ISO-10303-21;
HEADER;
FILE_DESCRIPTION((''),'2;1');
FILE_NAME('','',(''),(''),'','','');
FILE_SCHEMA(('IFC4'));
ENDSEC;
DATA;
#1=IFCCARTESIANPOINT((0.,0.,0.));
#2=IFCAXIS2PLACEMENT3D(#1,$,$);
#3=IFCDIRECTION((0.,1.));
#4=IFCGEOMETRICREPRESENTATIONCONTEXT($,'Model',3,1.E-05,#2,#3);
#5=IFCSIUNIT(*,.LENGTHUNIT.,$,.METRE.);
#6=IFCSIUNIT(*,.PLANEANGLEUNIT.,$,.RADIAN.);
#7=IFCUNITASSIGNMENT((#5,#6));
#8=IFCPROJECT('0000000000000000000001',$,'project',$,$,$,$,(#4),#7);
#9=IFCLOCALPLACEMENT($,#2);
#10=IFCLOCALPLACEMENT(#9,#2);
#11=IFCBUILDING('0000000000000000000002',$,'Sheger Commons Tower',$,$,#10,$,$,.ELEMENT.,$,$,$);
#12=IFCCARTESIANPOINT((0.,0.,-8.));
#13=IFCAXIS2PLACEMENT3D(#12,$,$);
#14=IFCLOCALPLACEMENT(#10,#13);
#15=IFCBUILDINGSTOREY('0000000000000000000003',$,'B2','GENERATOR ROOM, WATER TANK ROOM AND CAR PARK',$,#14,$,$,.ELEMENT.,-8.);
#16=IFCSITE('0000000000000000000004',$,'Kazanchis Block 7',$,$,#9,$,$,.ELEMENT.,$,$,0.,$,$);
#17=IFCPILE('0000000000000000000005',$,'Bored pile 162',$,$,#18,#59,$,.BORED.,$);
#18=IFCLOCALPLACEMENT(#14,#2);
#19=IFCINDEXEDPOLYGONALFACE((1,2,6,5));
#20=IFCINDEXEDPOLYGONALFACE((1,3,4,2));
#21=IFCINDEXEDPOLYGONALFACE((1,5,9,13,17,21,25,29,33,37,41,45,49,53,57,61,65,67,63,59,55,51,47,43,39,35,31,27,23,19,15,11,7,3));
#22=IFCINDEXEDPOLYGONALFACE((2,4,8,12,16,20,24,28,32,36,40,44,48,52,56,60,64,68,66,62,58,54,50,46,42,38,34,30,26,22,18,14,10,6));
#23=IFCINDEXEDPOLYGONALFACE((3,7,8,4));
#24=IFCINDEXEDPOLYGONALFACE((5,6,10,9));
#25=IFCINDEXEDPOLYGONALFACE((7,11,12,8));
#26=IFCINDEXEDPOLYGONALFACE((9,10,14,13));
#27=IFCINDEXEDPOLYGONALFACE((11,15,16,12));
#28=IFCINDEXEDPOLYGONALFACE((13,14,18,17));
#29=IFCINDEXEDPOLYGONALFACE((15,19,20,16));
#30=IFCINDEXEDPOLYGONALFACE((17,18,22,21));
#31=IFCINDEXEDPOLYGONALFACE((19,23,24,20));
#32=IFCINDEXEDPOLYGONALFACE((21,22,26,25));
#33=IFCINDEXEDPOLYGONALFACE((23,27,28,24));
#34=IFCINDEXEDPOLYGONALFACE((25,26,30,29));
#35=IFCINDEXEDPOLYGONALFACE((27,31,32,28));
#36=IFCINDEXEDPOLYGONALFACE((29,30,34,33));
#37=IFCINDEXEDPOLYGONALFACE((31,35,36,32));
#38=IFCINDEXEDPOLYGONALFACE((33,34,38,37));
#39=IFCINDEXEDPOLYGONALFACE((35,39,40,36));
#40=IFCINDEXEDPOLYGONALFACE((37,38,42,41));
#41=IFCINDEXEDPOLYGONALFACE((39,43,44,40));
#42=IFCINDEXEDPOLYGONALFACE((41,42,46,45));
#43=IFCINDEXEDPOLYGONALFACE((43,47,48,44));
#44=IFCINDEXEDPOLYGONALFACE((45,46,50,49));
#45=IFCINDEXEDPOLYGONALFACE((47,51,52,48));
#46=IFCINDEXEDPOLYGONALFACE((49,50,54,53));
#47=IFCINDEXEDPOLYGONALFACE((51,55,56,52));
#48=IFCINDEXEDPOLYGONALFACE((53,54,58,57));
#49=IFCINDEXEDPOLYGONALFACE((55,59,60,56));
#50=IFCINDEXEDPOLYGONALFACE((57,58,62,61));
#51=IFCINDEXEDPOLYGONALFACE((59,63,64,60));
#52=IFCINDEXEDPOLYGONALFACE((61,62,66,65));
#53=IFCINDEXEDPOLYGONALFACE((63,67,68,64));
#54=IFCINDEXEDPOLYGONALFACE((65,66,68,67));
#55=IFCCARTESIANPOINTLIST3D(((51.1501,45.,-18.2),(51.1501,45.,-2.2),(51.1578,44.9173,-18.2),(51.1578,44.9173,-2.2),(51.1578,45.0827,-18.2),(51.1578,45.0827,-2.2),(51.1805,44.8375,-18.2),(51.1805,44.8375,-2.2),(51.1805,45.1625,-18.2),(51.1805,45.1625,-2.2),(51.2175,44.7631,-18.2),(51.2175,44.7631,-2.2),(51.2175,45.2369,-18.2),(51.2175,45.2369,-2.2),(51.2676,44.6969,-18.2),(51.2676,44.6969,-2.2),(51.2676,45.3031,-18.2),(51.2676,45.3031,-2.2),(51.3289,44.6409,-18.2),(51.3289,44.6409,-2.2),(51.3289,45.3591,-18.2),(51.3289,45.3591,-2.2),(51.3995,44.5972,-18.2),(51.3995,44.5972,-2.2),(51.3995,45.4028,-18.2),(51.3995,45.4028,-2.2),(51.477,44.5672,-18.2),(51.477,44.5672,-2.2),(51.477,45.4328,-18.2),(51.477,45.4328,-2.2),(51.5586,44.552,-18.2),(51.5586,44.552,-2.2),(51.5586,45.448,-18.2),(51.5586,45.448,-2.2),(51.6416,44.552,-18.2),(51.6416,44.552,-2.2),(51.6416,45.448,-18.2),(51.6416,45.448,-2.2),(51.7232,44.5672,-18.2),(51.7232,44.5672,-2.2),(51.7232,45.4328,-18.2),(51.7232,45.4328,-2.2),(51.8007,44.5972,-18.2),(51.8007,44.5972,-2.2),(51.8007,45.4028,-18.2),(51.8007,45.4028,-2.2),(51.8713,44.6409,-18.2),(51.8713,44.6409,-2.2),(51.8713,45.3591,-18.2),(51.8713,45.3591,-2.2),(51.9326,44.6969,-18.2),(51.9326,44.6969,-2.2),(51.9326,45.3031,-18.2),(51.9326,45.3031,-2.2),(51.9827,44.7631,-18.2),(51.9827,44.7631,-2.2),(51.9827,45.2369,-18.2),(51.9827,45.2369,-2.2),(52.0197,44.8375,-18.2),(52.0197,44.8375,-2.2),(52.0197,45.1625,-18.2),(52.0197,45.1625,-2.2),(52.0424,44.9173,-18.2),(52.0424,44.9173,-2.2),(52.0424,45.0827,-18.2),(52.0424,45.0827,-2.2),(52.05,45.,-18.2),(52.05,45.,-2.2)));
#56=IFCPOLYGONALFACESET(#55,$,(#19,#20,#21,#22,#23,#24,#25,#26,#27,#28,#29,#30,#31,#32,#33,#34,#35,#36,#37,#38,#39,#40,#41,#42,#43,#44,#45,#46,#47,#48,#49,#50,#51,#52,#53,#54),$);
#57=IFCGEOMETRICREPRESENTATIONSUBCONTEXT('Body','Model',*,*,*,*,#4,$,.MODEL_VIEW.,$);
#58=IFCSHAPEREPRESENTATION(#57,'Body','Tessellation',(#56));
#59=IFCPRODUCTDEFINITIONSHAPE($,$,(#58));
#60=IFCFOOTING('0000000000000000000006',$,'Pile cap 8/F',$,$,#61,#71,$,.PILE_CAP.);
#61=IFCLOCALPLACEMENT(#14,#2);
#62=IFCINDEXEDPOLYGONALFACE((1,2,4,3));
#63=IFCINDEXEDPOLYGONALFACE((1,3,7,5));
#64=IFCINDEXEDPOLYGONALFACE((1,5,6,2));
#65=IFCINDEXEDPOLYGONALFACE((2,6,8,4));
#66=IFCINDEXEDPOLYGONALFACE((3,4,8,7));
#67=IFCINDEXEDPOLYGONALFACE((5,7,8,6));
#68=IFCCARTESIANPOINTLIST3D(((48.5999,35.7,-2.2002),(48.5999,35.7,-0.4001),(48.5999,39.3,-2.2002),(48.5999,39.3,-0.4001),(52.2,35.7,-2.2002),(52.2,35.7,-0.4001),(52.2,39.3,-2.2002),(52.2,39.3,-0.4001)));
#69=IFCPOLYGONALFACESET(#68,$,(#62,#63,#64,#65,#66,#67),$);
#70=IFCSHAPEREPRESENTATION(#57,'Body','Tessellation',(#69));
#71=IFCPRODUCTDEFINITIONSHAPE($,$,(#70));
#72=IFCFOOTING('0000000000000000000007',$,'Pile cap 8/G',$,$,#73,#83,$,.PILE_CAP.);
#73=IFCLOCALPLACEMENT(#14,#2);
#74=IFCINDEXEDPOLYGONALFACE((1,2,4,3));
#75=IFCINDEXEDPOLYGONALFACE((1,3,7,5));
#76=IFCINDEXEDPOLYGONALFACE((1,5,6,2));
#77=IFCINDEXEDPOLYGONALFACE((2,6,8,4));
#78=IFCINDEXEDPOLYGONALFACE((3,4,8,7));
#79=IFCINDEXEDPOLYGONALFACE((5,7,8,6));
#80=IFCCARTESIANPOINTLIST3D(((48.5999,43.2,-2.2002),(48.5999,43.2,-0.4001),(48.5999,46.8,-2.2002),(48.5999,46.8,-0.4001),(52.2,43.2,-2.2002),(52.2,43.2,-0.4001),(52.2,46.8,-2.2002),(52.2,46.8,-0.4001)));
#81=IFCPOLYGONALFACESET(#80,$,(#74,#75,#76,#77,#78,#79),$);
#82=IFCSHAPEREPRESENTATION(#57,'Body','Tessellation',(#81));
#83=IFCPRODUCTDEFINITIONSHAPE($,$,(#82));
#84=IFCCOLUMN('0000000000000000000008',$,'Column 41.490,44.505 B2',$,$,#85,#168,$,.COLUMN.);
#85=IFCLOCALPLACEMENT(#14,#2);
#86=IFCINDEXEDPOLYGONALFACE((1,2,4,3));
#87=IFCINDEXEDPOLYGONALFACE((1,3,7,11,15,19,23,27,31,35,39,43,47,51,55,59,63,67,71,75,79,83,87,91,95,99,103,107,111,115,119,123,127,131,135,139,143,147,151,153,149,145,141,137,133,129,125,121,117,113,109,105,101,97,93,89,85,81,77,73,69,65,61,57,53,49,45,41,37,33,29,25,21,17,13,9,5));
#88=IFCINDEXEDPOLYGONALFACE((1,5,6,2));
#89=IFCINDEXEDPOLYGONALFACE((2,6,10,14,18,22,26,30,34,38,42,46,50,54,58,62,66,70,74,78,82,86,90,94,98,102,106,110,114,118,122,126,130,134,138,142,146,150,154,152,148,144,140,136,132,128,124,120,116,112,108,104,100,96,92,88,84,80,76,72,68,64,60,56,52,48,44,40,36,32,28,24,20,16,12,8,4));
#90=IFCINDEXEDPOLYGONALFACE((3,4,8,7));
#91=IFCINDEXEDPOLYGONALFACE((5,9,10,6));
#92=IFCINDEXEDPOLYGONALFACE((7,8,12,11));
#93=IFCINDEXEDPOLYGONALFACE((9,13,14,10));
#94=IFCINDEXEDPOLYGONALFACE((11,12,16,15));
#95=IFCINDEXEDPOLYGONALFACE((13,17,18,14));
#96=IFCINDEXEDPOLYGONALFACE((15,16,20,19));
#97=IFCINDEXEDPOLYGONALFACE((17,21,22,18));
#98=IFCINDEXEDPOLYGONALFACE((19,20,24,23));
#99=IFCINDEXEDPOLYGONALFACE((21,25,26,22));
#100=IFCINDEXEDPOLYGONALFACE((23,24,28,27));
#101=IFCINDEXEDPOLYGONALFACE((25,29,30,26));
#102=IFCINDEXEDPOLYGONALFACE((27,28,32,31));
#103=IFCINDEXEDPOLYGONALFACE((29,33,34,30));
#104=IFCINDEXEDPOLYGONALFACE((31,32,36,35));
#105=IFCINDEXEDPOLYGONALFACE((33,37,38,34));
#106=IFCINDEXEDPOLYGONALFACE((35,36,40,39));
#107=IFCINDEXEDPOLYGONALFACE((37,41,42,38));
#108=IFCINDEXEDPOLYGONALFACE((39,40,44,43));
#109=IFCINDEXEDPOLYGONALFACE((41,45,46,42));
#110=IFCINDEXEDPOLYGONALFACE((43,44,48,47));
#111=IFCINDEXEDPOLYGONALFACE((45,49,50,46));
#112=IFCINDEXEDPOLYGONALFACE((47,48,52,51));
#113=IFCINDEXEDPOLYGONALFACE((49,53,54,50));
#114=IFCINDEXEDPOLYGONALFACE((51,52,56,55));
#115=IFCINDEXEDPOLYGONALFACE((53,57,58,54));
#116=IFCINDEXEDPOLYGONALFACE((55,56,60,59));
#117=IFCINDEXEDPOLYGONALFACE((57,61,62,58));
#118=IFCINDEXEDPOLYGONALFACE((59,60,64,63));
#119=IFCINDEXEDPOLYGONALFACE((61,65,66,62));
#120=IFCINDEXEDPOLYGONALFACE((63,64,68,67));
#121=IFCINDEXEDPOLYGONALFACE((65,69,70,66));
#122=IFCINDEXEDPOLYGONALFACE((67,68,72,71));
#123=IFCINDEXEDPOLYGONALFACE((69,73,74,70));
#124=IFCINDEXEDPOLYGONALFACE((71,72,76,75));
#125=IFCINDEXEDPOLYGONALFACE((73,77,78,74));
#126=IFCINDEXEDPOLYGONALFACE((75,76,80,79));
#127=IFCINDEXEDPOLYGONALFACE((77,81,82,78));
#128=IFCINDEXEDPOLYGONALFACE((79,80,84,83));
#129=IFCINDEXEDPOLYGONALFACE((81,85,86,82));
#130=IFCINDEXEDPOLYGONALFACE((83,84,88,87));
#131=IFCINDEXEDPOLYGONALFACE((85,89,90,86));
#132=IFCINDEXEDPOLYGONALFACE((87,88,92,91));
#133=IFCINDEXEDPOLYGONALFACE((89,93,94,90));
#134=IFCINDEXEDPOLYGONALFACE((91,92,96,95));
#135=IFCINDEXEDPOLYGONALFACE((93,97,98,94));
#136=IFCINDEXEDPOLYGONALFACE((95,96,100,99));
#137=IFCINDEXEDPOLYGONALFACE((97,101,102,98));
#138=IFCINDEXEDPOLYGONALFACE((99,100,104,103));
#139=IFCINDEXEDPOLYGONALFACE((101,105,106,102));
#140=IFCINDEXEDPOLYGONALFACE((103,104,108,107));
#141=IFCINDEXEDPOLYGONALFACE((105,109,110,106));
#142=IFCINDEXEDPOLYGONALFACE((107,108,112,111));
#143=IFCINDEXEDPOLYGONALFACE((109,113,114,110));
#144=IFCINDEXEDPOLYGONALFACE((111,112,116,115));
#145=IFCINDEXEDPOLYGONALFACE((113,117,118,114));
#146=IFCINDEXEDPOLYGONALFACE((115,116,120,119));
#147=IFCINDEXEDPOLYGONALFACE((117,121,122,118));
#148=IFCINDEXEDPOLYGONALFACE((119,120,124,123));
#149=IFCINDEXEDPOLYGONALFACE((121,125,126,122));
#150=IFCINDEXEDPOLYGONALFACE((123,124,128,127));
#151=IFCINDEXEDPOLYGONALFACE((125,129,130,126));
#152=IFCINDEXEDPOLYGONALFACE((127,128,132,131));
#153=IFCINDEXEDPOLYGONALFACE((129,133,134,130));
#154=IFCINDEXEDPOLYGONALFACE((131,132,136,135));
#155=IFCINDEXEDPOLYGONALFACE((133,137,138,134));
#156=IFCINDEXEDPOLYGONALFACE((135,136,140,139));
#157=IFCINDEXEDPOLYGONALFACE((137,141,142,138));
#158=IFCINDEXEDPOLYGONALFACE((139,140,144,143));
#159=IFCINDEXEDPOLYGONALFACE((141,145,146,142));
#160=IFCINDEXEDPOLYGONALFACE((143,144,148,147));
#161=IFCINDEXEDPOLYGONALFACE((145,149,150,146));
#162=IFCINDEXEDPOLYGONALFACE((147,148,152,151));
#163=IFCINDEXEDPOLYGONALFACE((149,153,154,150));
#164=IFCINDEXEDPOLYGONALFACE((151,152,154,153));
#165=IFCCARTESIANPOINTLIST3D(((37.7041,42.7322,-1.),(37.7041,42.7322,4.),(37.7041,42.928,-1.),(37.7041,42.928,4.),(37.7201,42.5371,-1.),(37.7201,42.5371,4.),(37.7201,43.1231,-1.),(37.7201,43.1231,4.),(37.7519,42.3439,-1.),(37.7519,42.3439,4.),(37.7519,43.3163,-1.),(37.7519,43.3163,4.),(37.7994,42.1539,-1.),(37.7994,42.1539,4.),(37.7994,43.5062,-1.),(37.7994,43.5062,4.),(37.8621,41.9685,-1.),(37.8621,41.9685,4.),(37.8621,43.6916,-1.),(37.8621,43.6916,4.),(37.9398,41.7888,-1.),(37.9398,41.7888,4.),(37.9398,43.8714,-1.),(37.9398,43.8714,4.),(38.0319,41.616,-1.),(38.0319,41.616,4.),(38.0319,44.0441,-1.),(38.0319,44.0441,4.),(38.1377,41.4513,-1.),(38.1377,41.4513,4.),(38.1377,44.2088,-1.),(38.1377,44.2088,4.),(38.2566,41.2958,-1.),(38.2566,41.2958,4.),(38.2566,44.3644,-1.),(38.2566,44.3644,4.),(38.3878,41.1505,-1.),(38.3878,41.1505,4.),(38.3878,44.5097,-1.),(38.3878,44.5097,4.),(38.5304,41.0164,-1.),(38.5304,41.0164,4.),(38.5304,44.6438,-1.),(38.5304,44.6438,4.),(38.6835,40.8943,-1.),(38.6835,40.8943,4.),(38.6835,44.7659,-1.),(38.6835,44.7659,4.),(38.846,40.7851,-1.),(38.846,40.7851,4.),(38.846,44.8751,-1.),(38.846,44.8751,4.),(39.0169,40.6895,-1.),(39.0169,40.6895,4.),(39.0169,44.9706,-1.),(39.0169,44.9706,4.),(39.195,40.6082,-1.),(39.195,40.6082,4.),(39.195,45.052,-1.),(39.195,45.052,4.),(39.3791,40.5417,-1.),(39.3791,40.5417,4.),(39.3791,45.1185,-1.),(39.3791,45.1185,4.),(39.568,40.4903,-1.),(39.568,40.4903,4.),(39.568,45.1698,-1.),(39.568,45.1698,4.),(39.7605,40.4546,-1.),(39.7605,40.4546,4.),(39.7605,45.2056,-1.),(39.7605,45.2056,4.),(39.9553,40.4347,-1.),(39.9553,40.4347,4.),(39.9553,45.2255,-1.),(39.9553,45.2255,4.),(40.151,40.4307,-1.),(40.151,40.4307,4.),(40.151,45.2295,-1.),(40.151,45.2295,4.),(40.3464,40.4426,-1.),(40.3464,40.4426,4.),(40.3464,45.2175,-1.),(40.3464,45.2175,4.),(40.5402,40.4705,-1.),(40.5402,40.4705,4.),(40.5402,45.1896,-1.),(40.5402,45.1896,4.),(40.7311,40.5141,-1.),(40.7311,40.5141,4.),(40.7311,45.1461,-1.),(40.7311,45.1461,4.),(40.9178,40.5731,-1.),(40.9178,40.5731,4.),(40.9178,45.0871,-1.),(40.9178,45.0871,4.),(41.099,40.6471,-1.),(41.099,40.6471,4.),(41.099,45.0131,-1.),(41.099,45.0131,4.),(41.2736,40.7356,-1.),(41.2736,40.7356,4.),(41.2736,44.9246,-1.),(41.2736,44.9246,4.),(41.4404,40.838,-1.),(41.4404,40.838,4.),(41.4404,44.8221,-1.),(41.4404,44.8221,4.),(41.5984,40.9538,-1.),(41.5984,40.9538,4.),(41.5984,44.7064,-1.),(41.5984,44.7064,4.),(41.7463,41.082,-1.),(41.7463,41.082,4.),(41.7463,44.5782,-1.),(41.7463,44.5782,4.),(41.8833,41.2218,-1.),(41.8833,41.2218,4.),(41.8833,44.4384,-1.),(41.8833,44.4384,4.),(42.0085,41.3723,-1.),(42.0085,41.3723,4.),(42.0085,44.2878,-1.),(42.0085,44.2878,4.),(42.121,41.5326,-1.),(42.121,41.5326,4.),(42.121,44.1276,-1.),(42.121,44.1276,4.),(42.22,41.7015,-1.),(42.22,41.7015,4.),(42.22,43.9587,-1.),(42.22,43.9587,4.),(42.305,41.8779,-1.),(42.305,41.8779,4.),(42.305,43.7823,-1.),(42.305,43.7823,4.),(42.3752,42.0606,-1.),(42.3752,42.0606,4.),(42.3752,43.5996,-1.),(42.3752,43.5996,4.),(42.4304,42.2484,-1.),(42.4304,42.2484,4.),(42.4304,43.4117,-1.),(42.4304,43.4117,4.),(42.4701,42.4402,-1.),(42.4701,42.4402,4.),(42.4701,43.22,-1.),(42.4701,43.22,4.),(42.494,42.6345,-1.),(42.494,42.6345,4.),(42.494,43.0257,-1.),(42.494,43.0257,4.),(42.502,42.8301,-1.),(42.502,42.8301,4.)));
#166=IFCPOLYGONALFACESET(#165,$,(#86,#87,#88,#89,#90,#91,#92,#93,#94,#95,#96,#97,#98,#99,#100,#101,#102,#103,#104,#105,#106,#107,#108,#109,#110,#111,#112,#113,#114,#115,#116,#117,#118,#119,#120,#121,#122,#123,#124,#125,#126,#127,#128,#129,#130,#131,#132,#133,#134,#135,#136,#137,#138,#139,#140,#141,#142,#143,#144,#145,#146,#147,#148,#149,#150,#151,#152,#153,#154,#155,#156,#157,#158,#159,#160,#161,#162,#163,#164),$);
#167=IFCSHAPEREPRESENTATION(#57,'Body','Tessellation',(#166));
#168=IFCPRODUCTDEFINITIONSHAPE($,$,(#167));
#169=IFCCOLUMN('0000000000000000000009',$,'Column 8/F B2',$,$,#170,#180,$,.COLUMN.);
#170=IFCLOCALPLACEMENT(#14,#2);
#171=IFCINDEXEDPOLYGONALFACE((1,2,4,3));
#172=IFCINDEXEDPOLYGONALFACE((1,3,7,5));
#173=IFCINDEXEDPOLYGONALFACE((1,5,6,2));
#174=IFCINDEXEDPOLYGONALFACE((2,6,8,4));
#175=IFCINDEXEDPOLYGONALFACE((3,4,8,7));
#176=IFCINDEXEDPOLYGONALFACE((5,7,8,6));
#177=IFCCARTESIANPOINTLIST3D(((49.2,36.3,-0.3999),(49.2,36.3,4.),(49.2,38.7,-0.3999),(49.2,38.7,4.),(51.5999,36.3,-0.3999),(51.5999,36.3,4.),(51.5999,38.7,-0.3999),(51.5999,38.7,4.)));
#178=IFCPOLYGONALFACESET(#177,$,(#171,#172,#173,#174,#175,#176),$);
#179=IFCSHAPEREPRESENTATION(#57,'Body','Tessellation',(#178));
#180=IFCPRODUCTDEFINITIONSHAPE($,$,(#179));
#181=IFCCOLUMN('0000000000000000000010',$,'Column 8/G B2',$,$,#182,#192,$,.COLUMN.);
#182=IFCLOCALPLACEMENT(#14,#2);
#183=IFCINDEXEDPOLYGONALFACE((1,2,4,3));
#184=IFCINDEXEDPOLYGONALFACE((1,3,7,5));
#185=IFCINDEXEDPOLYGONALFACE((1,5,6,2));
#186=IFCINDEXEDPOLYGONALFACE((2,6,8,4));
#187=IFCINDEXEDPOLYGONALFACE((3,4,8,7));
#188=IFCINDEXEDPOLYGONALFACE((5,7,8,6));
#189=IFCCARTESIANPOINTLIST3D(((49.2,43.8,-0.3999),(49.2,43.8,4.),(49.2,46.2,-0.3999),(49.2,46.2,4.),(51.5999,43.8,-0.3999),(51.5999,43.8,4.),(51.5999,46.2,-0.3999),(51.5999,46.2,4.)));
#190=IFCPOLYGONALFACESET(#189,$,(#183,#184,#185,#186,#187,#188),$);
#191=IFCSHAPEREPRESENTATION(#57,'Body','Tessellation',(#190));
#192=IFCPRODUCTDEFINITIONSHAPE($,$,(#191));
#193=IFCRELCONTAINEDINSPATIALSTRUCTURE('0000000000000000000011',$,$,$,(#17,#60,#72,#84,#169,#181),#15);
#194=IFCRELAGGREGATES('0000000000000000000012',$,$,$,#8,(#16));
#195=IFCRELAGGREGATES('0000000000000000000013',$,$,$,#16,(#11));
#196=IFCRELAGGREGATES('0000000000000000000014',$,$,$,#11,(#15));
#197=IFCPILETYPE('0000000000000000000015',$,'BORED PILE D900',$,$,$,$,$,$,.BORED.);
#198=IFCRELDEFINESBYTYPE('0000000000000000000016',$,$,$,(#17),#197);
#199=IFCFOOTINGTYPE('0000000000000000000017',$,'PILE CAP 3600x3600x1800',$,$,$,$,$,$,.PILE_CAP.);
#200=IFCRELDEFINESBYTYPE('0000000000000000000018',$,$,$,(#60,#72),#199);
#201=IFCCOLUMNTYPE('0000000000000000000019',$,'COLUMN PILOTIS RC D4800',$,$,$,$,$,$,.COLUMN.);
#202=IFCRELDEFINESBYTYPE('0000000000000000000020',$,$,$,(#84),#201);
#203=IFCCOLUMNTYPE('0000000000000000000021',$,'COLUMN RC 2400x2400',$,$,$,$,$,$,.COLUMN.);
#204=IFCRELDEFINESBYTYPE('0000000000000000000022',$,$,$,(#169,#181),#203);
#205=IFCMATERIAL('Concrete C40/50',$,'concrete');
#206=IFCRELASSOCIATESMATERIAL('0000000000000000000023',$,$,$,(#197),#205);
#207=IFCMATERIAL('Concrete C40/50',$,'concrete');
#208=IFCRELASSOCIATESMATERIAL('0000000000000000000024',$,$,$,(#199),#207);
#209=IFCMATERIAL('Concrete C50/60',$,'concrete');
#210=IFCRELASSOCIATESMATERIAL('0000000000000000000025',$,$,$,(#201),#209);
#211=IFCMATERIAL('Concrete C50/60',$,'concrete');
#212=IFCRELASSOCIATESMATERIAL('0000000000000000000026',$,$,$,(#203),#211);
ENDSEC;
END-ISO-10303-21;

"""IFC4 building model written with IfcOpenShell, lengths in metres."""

from ifc_helpers import new_model, si_unit, direction, frame, origin, origin_2d, place, context, subcontext, project, spatial, rectangle, circle, extrude, material, material_profile, profile_set, type_object, element, save


model = new_model("IFC4")

# Units and contexts
model_context = context("Model", 3, precision=1e-05, world=origin(), true_north=direction((0.0, 1.0)))
body_context = subcontext(model_context, "Body", "Model", "MODEL_VIEW")
ifc_project = project(units=[si_unit("LENGTHUNIT", "METRE"), si_unit("PLANEANGLEUNIT", "RADIAN")], contexts=[model_context])

# Site, building, storey
site_placement = place(None, origin())
site = spatial("IfcSite", under=ifc_project, at=site_placement, Name="Kazanchis Block 7", CompositionType="ELEMENT", RefElevation=0.0)
building_placement = place(site_placement, origin())
building = spatial("IfcBuilding", under=site, at=building_placement, Name="Sheger Commons Tower", CompositionType="ELEMENT")
storey_placement = place(building_placement, frame((0.0, 0.0, -8.0)))
storey = spatial("IfcBuildingStorey", under=building, at=storey_placement, Name="B2", Description="GENERATOR ROOM, WATER TANK ROOM AND CAR PARK", CompositionType="ELEMENT", Elevation=-8.0)

# Pile
ifc_material_1 = material(Name="Concrete C40/50", Category="concrete")
ifc_material_profile_1 = material_profile(ifc_material_1, circle(Radius=0.45, at=origin_2d()), Name="PILE D900")
ifc_profile_set_1 = profile_set([ifc_material_profile_1], Name="Concrete C40/50")
pile_type_1 = type_object("IfcPileType", Name="BORED PILE D900", PredefinedType="BORED", material=ifc_profile_set_1)
for number, where, z_axis, x_axis, name in (
    (1, (51.6001, 45.0, -2.2), (0.0, 0.0, -1.0), (1.0, 0.0, 0.0), "Bored pile 162"),
):
    element("IfcPile", number, at=place(storey_placement, frame(where, z_axis=z_axis, x_axis=x_axis)), inside=storey, type_object=pile_type_1, Name=name, PredefinedType="BORED", context=body_context, shape_type="SweptSolid", body=[
        extrude(circle(Radius=0.45, at=origin_2d()), origin(), (0.0, 0.0, 1.0), 16.0),
    ])

# Footings
ifc_material_2 = material(Name="Concrete C40/50", Category="concrete")
footing_type = type_object("IfcFootingType", Name="PILE CAP 3600x3600x1800", PredefinedType="PILE_CAP", material=ifc_material_2)
for number, where, z_axis, x_axis, name in (
    (2, (50.3999, 37.5, -2.2002), (0.0, 0.0, 1.0), (1.0, 0.0, 0.0), "Pile cap 8/F"),
    (3, (50.3999, 45.0, -2.2002), (0.0, 0.0, 1.0), (1.0, 0.0, 0.0), "Pile cap 8/G"),
):
    element("IfcFooting", number, at=place(storey_placement, frame(where, z_axis=z_axis, x_axis=x_axis)), inside=storey, type_object=footing_type, Name=name, PredefinedType="PILE_CAP", context=body_context, shape_type="SweptSolid", body=[
        extrude(rectangle(XDim=3.6001, YDim=3.6001, at=origin_2d()), origin(), (0.0, 0.0, 1.0), 1.8),
    ])

# Columns
ifc_material_3 = material(Name="Concrete C50/60", Category="concrete")
ifc_material_profile_2 = material_profile(ifc_material_3, circle(Radius=2.3999, at=origin_2d()), Name="RC D4800")
ifc_profile_set_2 = profile_set([ifc_material_profile_2], Name="Concrete C50/60")
column_type_1 = type_object("IfcColumnType", Name="COLUMN PILOTIS RC D4800", PredefinedType="COLUMN", material=ifc_profile_set_2)
column_placement = place(storey_placement, frame((40.1021, 42.8301, -1.0), z_axis=(0.0, 0.0, 1.0), x_axis=(1.0, 0.0, 0.0)))
element("IfcColumn", 4, at=column_placement, inside=storey, type_object=column_type_1, Name="Column 41.490,44.505 B2", PredefinedType="COLUMN", context=body_context, shape_type="SweptSolid", body=[
    extrude(circle(Radius=2.3999, at=origin_2d()), origin(), (0.0, 0.0, 1.0), 5.0),
])
ifc_material_4 = material(Name="Concrete C50/60", Category="concrete")
ifc_material_profile_3 = material_profile(ifc_material_4, rectangle(XDim=2.3999, YDim=2.3999, at=origin_2d()), Name="RC 2400x2400")
ifc_profile_set_3 = profile_set([ifc_material_profile_3], Name="Concrete C50/60")
column_type_2 = type_object("IfcColumnType", Name="COLUMN RC 2400x2400", PredefinedType="COLUMN", material=ifc_profile_set_3)
for number, where, z_axis, x_axis, name in (
    (5, (50.3999, 37.5, -0.3999), (0.0, 0.0, 1.0), (1.0, 0.0, 0.0), "Column 8/F B2"),
    (6, (50.3999, 45.0, -0.3999), (0.0, 0.0, 1.0), (1.0, 0.0, 0.0), "Column 8/G B2"),
):
    element("IfcColumn", number, at=place(storey_placement, frame(where, z_axis=z_axis, x_axis=x_axis)), inside=storey, type_object=column_type_2, Name=name, PredefinedType="COLUMN", context=body_context, shape_type="SweptSolid", body=[
        extrude(rectangle(XDim=2.3999, YDim=2.3999, at=origin_2d()), origin(), (0.0, 0.0, 1.0), 4.3999),
    ])

save(model, "model.ifc")
